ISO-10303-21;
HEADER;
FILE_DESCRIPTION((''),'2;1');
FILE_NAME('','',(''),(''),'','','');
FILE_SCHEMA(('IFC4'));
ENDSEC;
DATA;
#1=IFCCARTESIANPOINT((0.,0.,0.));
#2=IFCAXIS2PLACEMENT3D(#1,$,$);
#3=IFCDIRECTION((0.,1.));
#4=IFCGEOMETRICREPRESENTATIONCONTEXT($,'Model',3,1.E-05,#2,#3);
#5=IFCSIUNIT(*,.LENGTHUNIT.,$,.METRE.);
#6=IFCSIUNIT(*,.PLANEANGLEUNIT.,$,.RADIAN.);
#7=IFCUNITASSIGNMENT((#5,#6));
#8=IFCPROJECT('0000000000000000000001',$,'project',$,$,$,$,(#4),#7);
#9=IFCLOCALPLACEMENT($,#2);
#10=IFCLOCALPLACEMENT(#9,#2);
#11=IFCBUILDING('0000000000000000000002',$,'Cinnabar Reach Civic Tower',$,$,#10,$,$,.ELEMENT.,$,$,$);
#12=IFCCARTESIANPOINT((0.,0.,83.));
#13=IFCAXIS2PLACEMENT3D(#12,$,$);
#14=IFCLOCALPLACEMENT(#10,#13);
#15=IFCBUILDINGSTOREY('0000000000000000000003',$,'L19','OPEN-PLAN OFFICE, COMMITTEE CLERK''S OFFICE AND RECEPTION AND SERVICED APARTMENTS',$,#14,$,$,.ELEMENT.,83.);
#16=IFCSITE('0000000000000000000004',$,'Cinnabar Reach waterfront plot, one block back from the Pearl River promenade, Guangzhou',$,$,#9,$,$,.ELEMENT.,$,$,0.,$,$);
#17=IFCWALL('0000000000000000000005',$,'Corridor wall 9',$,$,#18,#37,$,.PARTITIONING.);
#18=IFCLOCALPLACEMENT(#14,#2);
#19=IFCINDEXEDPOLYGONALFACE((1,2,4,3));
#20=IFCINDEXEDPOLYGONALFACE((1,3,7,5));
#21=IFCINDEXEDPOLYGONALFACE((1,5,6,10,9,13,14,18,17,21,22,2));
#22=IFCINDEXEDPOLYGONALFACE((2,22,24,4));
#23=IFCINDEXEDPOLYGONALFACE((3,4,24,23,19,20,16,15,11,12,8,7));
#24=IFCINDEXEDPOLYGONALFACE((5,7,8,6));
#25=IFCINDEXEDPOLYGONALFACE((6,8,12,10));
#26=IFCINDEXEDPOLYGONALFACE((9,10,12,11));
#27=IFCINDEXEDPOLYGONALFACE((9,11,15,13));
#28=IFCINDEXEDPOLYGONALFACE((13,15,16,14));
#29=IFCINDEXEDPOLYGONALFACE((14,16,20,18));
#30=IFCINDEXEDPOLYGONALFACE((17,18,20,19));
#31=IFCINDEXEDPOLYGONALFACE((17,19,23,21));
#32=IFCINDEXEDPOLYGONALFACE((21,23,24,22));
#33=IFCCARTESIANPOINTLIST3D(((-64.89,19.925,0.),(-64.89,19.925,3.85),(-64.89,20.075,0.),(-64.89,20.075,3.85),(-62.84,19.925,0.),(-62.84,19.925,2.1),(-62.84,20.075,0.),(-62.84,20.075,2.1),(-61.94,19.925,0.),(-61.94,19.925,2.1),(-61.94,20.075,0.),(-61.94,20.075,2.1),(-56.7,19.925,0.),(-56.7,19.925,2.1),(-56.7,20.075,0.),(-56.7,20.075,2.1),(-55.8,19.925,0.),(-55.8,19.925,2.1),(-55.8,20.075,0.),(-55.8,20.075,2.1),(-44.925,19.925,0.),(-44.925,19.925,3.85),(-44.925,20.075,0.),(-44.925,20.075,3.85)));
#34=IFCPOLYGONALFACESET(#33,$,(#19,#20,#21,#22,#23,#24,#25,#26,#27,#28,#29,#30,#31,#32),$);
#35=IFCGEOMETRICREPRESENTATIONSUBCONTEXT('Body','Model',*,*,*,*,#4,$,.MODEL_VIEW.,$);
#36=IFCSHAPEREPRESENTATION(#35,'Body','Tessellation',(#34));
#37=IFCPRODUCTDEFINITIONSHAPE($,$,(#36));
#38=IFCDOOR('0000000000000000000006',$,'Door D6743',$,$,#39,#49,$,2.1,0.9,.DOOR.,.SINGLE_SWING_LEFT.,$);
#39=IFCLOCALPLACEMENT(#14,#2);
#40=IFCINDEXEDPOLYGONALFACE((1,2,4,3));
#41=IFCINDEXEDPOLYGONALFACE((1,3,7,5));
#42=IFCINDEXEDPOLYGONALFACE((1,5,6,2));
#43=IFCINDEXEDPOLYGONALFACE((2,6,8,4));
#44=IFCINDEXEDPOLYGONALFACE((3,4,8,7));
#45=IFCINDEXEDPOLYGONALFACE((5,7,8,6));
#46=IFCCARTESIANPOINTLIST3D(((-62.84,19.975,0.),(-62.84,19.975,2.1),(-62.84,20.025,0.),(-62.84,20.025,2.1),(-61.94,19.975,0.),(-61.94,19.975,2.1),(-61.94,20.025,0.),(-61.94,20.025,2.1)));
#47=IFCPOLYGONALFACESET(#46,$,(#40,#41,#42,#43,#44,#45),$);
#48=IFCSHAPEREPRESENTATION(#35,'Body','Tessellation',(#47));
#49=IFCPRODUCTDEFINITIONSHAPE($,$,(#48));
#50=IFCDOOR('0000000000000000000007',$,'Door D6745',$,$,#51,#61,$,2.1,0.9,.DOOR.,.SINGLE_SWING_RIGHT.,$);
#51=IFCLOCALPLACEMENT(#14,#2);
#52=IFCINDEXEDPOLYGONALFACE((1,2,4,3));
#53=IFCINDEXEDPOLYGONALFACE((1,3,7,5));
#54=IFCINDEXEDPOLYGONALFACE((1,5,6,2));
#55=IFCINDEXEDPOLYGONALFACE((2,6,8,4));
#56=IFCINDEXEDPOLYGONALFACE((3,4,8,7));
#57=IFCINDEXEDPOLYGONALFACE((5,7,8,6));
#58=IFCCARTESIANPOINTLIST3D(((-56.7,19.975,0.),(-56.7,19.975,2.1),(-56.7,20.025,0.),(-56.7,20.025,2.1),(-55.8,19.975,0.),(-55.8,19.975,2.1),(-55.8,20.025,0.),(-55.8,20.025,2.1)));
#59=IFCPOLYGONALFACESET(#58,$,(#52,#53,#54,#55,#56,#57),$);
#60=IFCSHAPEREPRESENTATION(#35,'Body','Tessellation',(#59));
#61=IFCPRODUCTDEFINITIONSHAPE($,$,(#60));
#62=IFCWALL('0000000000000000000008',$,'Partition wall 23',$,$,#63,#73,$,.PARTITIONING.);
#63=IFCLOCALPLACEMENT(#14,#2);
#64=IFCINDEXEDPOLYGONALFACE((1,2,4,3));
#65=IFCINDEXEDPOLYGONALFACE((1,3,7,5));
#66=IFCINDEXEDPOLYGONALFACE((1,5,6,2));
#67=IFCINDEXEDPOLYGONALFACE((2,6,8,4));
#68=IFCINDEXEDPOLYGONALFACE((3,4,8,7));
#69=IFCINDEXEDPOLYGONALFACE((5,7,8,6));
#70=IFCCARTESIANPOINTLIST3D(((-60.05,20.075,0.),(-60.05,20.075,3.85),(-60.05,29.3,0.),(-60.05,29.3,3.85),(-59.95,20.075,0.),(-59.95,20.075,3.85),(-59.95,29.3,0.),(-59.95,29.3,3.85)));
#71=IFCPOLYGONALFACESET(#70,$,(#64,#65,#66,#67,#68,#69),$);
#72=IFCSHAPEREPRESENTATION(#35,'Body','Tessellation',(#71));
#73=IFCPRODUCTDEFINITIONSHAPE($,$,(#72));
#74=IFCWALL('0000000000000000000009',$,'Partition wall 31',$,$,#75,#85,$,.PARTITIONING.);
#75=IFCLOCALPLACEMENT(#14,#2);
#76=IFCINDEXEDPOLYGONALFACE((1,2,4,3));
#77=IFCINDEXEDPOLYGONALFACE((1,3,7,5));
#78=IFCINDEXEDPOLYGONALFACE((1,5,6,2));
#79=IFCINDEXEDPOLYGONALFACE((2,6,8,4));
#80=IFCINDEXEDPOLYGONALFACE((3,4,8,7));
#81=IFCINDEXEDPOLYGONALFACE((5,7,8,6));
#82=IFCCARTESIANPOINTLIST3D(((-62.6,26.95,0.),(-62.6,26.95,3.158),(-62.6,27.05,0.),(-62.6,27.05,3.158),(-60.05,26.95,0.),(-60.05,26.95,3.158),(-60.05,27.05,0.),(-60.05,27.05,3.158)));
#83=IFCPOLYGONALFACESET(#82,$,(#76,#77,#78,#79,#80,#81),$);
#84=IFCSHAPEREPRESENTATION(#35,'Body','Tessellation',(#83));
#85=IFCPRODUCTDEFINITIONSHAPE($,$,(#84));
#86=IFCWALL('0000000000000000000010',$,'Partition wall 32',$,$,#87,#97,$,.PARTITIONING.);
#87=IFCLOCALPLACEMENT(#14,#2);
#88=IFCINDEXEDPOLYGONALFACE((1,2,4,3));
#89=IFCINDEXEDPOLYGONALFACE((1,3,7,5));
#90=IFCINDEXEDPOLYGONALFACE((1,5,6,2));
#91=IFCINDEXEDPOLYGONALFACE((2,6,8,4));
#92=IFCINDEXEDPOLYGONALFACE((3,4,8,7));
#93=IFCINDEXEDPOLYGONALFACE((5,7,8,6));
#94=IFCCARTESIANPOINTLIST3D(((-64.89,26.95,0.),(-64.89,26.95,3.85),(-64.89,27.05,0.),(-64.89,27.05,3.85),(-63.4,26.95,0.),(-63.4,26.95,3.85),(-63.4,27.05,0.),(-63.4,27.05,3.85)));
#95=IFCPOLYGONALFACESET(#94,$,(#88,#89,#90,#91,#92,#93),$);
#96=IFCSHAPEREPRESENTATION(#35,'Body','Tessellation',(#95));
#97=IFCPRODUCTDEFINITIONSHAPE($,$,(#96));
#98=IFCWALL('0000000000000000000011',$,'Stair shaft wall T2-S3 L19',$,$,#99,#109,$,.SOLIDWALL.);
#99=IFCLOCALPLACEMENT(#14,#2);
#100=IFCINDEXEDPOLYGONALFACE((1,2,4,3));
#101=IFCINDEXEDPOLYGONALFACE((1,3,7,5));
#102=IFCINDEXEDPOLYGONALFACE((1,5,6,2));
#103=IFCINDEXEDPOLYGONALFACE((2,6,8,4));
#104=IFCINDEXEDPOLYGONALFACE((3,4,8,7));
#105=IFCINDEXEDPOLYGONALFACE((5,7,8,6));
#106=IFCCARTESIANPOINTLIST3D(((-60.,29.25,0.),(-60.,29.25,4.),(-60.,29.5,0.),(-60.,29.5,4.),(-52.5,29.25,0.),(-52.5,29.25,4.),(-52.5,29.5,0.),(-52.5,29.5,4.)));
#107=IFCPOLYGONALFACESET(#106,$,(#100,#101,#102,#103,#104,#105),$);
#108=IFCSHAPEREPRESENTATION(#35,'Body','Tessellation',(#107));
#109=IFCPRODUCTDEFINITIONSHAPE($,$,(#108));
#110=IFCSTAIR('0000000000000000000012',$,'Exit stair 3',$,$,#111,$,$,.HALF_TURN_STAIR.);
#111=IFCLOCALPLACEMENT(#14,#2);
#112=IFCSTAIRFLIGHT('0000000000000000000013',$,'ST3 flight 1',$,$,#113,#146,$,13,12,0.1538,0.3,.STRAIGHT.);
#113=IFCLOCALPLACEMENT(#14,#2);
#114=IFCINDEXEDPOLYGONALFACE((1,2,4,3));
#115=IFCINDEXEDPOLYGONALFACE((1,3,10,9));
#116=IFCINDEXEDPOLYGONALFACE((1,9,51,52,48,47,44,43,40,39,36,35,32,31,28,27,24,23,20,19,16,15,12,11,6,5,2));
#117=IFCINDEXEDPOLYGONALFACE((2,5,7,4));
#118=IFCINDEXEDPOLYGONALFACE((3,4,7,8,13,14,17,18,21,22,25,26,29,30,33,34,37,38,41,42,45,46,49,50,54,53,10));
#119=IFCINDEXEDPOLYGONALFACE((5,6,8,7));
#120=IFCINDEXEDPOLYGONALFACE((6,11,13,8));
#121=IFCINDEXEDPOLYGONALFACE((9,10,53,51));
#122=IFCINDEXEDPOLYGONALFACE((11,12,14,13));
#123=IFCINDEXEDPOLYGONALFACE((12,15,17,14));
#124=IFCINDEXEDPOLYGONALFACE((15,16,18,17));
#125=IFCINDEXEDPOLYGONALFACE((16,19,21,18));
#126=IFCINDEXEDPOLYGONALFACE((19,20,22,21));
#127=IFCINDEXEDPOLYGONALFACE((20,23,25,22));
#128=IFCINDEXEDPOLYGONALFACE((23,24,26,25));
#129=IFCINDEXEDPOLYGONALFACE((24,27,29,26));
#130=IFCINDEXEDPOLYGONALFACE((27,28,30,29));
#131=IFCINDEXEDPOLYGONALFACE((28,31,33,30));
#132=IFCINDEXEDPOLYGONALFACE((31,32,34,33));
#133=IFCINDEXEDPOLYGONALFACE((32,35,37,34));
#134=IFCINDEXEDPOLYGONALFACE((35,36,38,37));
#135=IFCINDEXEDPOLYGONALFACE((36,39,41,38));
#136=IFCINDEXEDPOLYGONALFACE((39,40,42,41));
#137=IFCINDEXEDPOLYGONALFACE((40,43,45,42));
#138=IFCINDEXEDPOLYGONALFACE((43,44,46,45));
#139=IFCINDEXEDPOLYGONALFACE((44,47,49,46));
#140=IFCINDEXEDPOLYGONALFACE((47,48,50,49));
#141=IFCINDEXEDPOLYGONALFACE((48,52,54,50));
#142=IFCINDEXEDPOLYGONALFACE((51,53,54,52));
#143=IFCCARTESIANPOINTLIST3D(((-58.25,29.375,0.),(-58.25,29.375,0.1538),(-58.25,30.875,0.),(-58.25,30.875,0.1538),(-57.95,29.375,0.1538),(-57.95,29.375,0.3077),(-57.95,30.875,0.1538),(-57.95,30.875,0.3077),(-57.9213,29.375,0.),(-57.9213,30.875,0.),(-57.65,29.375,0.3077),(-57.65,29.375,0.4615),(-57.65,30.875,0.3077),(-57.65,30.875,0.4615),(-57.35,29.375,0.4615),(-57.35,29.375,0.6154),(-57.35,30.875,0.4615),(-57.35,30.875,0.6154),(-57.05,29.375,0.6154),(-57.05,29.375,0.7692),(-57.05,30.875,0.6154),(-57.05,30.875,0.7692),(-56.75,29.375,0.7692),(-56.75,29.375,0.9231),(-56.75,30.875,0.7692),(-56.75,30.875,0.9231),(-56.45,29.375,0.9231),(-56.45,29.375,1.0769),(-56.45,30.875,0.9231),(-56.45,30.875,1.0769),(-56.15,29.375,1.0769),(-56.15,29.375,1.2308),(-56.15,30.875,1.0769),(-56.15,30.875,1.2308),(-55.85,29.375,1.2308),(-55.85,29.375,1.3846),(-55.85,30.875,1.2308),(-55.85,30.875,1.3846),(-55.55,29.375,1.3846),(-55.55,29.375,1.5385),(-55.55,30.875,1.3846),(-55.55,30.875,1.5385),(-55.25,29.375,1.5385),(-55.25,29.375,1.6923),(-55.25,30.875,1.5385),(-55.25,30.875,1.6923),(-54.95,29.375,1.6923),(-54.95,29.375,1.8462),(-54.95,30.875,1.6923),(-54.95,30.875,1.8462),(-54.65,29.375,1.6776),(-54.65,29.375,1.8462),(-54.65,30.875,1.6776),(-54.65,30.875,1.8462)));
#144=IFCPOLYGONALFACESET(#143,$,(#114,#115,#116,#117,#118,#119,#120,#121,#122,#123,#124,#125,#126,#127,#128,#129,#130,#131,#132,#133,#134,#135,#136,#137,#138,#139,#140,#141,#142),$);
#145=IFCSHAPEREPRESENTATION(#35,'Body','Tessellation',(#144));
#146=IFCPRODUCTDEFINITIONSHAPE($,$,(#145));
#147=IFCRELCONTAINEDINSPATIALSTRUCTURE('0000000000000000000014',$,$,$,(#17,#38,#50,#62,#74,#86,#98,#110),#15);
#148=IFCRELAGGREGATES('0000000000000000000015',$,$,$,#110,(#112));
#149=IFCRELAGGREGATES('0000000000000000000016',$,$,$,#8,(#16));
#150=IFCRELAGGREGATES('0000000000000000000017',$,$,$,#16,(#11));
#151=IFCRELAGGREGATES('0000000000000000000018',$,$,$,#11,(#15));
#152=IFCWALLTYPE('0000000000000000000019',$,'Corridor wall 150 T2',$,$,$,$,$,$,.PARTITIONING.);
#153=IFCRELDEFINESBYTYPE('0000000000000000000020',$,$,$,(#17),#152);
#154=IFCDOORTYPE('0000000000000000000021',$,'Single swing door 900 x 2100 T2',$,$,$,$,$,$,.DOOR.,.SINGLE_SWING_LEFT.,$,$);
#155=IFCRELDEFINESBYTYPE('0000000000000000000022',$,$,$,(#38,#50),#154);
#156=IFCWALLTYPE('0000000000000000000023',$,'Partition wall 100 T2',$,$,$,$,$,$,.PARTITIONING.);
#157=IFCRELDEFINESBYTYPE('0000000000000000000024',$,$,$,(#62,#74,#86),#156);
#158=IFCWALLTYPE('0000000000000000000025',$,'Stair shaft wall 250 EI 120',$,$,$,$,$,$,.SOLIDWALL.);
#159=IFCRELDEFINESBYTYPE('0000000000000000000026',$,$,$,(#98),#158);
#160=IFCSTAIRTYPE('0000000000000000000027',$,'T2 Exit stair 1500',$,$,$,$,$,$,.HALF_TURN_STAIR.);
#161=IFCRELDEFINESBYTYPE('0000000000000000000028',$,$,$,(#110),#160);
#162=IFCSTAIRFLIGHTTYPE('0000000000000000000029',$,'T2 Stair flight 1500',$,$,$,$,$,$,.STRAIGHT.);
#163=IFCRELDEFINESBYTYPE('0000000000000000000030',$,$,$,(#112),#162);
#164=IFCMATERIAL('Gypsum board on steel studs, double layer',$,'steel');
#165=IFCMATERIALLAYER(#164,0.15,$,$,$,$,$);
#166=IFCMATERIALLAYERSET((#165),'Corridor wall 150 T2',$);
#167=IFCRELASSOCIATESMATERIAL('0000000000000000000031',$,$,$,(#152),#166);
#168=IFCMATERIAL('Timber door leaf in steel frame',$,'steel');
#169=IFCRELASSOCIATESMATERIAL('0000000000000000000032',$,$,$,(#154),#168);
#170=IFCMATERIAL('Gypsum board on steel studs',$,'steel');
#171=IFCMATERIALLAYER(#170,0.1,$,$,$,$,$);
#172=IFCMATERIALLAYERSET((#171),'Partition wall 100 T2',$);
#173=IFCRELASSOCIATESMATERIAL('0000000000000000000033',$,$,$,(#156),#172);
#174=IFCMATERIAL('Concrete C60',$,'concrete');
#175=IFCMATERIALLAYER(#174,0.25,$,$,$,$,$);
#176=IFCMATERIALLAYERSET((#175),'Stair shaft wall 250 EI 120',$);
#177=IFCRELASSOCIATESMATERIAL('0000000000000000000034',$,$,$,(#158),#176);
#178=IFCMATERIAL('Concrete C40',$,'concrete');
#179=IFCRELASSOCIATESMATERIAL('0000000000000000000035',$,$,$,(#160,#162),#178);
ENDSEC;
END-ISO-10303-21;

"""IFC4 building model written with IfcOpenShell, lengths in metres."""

from ifc_helpers import new_model, si_unit, direction, frame, frame_2d, origin, place, context, subcontext, project, spatial, polyline, rectangle, outline, extrude, material, layer, layer_set, type_object, element, fill, aggregate, save


model = new_model("IFC4")

# Units and contexts
model_context = context("Model", 3, precision=1e-05, world=origin(), true_north=direction((0.0, 1.0)))
body_context = subcontext(model_context, "Body", "Model", "MODEL_VIEW")
ifc_project = project(units=[si_unit("LENGTHUNIT", "METRE"), si_unit("PLANEANGLEUNIT", "RADIAN")], contexts=[model_context])

# Site, building, storey
site_placement = place(None, origin())
site = spatial("IfcSite", under=ifc_project, at=site_placement, Name="Cinnabar Reach waterfront plot, one block back from the Pearl River promenade, Guangzhou", CompositionType="ELEMENT", RefElevation=0.0)
building_placement = place(site_placement, origin())
building = spatial("IfcBuilding", under=site, at=building_placement, Name="Cinnabar Reach Civic Tower", CompositionType="ELEMENT")
storey_placement = place(building_placement, frame((0.0, 0.0, 83.0)))
storey = spatial("IfcBuildingStorey", under=building, at=storey_placement, Name="L19", Description="OPEN-PLAN OFFICE, COMMITTEE CLERK'S OFFICE AND RECEPTION AND SERVICED APARTMENTS", CompositionType="ELEMENT", Elevation=83.0)

# Shared definitions
ifc_material_1 = material(Name="Concrete C60", Category="concrete")

# Shared definitions
ifc_material_2 = material(Name="Gypsum board on steel studs, double layer", Category="steel")
ifc_layer_1 = layer(ifc_material_2, 0.15)
ifc_layer_set_1 = layer_set([ifc_layer_1], Name="Corridor wall 150 T2")
wall_type_1 = type_object("IfcWallType", Name="Corridor wall 150 T2", PredefinedType="PARTITIONING", material=ifc_layer_set_1)
ifc_material_3 = material(Name="Timber door leaf in steel frame", Category="steel")
door_type = type_object("IfcDoorType", Name="Single swing door 900 x 2100 T2", OperationType="SINGLE_SWING_LEFT", PredefinedType="DOOR", material=ifc_material_3)

# Wall, openings, doors
wall_1_placement = place(storey_placement, frame((-64.89, 20.0, 0.0), z_axis=(0.0, 0.0, 1.0), x_axis=(1.0, 0.0, 0.0)))
wall_1 = element("IfcWall", 1, at=wall_1_placement, inside=storey, type_object=wall_type_1, Name="Corridor wall 9", PredefinedType="PARTITIONING", context=body_context, shape_type="SweptSolid", body=[
    extrude(rectangle(XDim=19.965, YDim=0.15, at=frame_2d((9.9825, 0.0))), origin(), (0.0, 0.0, 1.0), 3.85),
])
opening_1_placement = place(wall_1_placement, frame((2.05, 0.0, 0.0)))
opening_1 = element("IfcOpeningElement", 2, at=opening_1_placement, cuts=wall_1, PredefinedType="OPENING", context=body_context, shape_type="SweptSolid", body=[
    extrude(rectangle(XDim=0.9, YDim=2.1, at=frame_2d((0.45, 1.05))), frame((0.0, 0.085, 0.0), z_axis=(0.0, -1.0, 0.0), x_axis=(1.0, 0.0, 0.0)), (0.0, 0.0, 1.0), 0.17),
])
opening_2_placement = place(wall_1_placement, frame((8.19, 0.0, 0.0)))
opening_2 = element("IfcOpeningElement", 3, at=opening_2_placement, cuts=wall_1, PredefinedType="OPENING", context=body_context, shape_type="SweptSolid", body=[
    extrude(rectangle(XDim=0.9, YDim=2.1, at=frame_2d((0.45, 1.05))), frame((0.0, 0.085, 0.0), z_axis=(0.0, -1.0, 0.0), x_axis=(1.0, 0.0, 0.0)), (0.0, 0.0, 1.0), 0.17),
])
door_1_placement = place(opening_1_placement, origin())
door_1 = element("IfcDoor", 4, at=door_1_placement, inside=storey, type_object=door_type, Name="Door D6743", OperationType="SINGLE_SWING_LEFT", OverallHeight=2.1, OverallWidth=0.9, PredefinedType="DOOR", context=body_context, shape_type="SweptSolid", body=[
    extrude(rectangle(XDim=0.9, YDim=2.1, at=frame_2d((0.45, 1.05))), frame((0.0, 0.025, 0.0), z_axis=(0.0, -1.0, 0.0), x_axis=(1.0, 0.0, 0.0)), (0.0, 0.0, 1.0), 0.05),
])
fill(opening_1, door_1)
door_2_placement = place(opening_2_placement, origin())
door_2 = element("IfcDoor", 5, at=door_2_placement, inside=storey, type_object=door_type, Name="Door D6745", OperationType="SINGLE_SWING_RIGHT", OverallHeight=2.1, OverallWidth=0.9, PredefinedType="DOOR", context=body_context, shape_type="SweptSolid", body=[
    extrude(rectangle(XDim=0.9, YDim=2.1, at=frame_2d((0.45, 1.05))), frame((0.0, 0.025, 0.0), z_axis=(0.0, -1.0, 0.0), x_axis=(1.0, 0.0, 0.0)), (0.0, 0.0, 1.0), 0.05),
])
fill(opening_2, door_2)

# Walls
ifc_material_4 = material(Name="Gypsum board on steel studs", Category="steel")
ifc_layer_2 = layer(ifc_material_4, 0.1)
ifc_layer_set_2 = layer_set([ifc_layer_2], Name="Partition wall 100 T2")
wall_type_2 = type_object("IfcWallType", Name="Partition wall 100 T2", PredefinedType="PARTITIONING", material=ifc_layer_set_2)
wall_2_placement = place(storey_placement, frame((-60.0, 20.075, 0.0), z_axis=(0.0, 0.0, 1.0), x_axis=(0.0, 1.0, 0.0)))
element("IfcWall", 6, at=wall_2_placement, inside=storey, type_object=wall_type_2, Name="Partition wall 23", PredefinedType="PARTITIONING", context=body_context, shape_type="SweptSolid", body=[
    extrude(rectangle(XDim=9.225, YDim=0.1, at=frame_2d((4.6125, 0.0))), origin(), (0.0, 0.0, 1.0), 3.85),
])
wall_3_placement = place(storey_placement, frame((-62.6, 27.0, 0.0), z_axis=(0.0, 0.0, 1.0), x_axis=(1.0, 0.0, 0.0)))
element("IfcWall", 7, at=wall_3_placement, inside=storey, type_object=wall_type_2, Name="Partition wall 31", PredefinedType="PARTITIONING", context=body_context, shape_type="SweptSolid", body=[
    extrude(rectangle(XDim=2.55, YDim=0.1, at=frame_2d((1.275, 0.0))), origin(), (0.0, 0.0, 1.0), 3.158),
])
wall_4_placement = place(storey_placement, frame((-64.89, 27.0, 0.0), z_axis=(0.0, 0.0, 1.0), x_axis=(1.0, 0.0, 0.0)))
element("IfcWall", 8, at=wall_4_placement, inside=storey, type_object=wall_type_2, Name="Partition wall 32", PredefinedType="PARTITIONING", context=body_context, shape_type="SweptSolid", body=[
    extrude(rectangle(XDim=1.49, YDim=0.1, at=frame_2d((0.745, 0.0))), origin(), (0.0, 0.0, 1.0), 3.85),
])
ifc_layer_3 = layer(ifc_material_1, 0.25)
ifc_layer_set_3 = layer_set([ifc_layer_3], Name="Stair shaft wall 250 EI 120")
wall_type_3 = type_object("IfcWallType", Name="Stair shaft wall 250 EI 120", PredefinedType="SOLIDWALL", material=ifc_layer_set_3)
wall_5_placement = place(storey_placement, frame((-60.0, 29.375, 0.0), z_axis=(0.0, 0.0, 1.0), x_axis=(1.0, 0.0, 0.0)))
element("IfcWall", 9, at=wall_5_placement, inside=storey, type_object=wall_type_3, Name="Stair shaft wall T2-S3 L19", PredefinedType="SOLIDWALL", context=body_context, shape_type="SweptSolid", body=[
    extrude(rectangle(XDim=7.5, YDim=0.25, at=frame_2d((3.75, 0.0))), origin(), (0.0, 0.0, 1.0), 4.0),
])

# Stair, stair flight
ifc_material_5 = material(Name="Concrete C40", Category="concrete")
stair_type = type_object("IfcStairType", Name="T2 Exit stair 1500", PredefinedType="HALF_TURN_STAIR", material=ifc_material_5)
stair_placement = place(storey_placement, origin())
stair = element("IfcStair", 10, at=stair_placement, inside=storey, type_object=stair_type, Name="Exit stair 3", PredefinedType="HALF_TURN_STAIR")
stair_flight_type = type_object("IfcStairFlightType", Name="T2 Stair flight 1500", PredefinedType="STRAIGHT", material=ifc_material_5)
stair_flight_placement = place(storey_placement, frame((-58.25, 30.125, 0.0), z_axis=(0.0, 0.0, 1.0), x_axis=(1.0, 0.0, 0.0)))
stair_flight = element("IfcStairFlight", 11, at=stair_flight_placement, type_object=stair_flight_type, Name="ST3 flight 1", NumberOfRisers=13, NumberOfTreads=12, PredefinedType="STRAIGHT", RiserHeight=0.1538, TreadLength=0.3, context=body_context, shape_type="SweptSolid", body=[
    extrude(outline(polyline([(0.0, 0.0), (0.0, 0.1538), (0.3, 0.1538), (0.3, 0.3077), (0.6, 0.3077), (0.6, 0.4615), (0.9, 0.4615), (0.9, 0.6154), (1.2, 0.6154), (1.2, 0.7692), (1.5, 0.7692), (1.5, 0.9231), (1.8, 0.9231), (1.8, 1.0769), (2.1, 1.0769), (2.1, 1.2308), (2.4, 1.2308), (2.4, 1.3846), (2.7, 1.3846), (2.7, 1.5385), (3.0, 1.5385), (3.0, 1.6923), (3.3, 1.6923), (3.3, 1.8462), (3.6, 1.8462), (3.6, 2.0), (3.6, 1.6776), (0.3287, 0.0), (0.0, 0.0)])), frame((0.0, 0.75, 0.0), z_axis=(0.0, -1.0, 0.0), x_axis=(1.0, 0.0, 0.0)), (0.0, 0.0, 1.0), 1.5),
])
aggregate(stair, [stair_flight])

save(model, "model.ifc")
